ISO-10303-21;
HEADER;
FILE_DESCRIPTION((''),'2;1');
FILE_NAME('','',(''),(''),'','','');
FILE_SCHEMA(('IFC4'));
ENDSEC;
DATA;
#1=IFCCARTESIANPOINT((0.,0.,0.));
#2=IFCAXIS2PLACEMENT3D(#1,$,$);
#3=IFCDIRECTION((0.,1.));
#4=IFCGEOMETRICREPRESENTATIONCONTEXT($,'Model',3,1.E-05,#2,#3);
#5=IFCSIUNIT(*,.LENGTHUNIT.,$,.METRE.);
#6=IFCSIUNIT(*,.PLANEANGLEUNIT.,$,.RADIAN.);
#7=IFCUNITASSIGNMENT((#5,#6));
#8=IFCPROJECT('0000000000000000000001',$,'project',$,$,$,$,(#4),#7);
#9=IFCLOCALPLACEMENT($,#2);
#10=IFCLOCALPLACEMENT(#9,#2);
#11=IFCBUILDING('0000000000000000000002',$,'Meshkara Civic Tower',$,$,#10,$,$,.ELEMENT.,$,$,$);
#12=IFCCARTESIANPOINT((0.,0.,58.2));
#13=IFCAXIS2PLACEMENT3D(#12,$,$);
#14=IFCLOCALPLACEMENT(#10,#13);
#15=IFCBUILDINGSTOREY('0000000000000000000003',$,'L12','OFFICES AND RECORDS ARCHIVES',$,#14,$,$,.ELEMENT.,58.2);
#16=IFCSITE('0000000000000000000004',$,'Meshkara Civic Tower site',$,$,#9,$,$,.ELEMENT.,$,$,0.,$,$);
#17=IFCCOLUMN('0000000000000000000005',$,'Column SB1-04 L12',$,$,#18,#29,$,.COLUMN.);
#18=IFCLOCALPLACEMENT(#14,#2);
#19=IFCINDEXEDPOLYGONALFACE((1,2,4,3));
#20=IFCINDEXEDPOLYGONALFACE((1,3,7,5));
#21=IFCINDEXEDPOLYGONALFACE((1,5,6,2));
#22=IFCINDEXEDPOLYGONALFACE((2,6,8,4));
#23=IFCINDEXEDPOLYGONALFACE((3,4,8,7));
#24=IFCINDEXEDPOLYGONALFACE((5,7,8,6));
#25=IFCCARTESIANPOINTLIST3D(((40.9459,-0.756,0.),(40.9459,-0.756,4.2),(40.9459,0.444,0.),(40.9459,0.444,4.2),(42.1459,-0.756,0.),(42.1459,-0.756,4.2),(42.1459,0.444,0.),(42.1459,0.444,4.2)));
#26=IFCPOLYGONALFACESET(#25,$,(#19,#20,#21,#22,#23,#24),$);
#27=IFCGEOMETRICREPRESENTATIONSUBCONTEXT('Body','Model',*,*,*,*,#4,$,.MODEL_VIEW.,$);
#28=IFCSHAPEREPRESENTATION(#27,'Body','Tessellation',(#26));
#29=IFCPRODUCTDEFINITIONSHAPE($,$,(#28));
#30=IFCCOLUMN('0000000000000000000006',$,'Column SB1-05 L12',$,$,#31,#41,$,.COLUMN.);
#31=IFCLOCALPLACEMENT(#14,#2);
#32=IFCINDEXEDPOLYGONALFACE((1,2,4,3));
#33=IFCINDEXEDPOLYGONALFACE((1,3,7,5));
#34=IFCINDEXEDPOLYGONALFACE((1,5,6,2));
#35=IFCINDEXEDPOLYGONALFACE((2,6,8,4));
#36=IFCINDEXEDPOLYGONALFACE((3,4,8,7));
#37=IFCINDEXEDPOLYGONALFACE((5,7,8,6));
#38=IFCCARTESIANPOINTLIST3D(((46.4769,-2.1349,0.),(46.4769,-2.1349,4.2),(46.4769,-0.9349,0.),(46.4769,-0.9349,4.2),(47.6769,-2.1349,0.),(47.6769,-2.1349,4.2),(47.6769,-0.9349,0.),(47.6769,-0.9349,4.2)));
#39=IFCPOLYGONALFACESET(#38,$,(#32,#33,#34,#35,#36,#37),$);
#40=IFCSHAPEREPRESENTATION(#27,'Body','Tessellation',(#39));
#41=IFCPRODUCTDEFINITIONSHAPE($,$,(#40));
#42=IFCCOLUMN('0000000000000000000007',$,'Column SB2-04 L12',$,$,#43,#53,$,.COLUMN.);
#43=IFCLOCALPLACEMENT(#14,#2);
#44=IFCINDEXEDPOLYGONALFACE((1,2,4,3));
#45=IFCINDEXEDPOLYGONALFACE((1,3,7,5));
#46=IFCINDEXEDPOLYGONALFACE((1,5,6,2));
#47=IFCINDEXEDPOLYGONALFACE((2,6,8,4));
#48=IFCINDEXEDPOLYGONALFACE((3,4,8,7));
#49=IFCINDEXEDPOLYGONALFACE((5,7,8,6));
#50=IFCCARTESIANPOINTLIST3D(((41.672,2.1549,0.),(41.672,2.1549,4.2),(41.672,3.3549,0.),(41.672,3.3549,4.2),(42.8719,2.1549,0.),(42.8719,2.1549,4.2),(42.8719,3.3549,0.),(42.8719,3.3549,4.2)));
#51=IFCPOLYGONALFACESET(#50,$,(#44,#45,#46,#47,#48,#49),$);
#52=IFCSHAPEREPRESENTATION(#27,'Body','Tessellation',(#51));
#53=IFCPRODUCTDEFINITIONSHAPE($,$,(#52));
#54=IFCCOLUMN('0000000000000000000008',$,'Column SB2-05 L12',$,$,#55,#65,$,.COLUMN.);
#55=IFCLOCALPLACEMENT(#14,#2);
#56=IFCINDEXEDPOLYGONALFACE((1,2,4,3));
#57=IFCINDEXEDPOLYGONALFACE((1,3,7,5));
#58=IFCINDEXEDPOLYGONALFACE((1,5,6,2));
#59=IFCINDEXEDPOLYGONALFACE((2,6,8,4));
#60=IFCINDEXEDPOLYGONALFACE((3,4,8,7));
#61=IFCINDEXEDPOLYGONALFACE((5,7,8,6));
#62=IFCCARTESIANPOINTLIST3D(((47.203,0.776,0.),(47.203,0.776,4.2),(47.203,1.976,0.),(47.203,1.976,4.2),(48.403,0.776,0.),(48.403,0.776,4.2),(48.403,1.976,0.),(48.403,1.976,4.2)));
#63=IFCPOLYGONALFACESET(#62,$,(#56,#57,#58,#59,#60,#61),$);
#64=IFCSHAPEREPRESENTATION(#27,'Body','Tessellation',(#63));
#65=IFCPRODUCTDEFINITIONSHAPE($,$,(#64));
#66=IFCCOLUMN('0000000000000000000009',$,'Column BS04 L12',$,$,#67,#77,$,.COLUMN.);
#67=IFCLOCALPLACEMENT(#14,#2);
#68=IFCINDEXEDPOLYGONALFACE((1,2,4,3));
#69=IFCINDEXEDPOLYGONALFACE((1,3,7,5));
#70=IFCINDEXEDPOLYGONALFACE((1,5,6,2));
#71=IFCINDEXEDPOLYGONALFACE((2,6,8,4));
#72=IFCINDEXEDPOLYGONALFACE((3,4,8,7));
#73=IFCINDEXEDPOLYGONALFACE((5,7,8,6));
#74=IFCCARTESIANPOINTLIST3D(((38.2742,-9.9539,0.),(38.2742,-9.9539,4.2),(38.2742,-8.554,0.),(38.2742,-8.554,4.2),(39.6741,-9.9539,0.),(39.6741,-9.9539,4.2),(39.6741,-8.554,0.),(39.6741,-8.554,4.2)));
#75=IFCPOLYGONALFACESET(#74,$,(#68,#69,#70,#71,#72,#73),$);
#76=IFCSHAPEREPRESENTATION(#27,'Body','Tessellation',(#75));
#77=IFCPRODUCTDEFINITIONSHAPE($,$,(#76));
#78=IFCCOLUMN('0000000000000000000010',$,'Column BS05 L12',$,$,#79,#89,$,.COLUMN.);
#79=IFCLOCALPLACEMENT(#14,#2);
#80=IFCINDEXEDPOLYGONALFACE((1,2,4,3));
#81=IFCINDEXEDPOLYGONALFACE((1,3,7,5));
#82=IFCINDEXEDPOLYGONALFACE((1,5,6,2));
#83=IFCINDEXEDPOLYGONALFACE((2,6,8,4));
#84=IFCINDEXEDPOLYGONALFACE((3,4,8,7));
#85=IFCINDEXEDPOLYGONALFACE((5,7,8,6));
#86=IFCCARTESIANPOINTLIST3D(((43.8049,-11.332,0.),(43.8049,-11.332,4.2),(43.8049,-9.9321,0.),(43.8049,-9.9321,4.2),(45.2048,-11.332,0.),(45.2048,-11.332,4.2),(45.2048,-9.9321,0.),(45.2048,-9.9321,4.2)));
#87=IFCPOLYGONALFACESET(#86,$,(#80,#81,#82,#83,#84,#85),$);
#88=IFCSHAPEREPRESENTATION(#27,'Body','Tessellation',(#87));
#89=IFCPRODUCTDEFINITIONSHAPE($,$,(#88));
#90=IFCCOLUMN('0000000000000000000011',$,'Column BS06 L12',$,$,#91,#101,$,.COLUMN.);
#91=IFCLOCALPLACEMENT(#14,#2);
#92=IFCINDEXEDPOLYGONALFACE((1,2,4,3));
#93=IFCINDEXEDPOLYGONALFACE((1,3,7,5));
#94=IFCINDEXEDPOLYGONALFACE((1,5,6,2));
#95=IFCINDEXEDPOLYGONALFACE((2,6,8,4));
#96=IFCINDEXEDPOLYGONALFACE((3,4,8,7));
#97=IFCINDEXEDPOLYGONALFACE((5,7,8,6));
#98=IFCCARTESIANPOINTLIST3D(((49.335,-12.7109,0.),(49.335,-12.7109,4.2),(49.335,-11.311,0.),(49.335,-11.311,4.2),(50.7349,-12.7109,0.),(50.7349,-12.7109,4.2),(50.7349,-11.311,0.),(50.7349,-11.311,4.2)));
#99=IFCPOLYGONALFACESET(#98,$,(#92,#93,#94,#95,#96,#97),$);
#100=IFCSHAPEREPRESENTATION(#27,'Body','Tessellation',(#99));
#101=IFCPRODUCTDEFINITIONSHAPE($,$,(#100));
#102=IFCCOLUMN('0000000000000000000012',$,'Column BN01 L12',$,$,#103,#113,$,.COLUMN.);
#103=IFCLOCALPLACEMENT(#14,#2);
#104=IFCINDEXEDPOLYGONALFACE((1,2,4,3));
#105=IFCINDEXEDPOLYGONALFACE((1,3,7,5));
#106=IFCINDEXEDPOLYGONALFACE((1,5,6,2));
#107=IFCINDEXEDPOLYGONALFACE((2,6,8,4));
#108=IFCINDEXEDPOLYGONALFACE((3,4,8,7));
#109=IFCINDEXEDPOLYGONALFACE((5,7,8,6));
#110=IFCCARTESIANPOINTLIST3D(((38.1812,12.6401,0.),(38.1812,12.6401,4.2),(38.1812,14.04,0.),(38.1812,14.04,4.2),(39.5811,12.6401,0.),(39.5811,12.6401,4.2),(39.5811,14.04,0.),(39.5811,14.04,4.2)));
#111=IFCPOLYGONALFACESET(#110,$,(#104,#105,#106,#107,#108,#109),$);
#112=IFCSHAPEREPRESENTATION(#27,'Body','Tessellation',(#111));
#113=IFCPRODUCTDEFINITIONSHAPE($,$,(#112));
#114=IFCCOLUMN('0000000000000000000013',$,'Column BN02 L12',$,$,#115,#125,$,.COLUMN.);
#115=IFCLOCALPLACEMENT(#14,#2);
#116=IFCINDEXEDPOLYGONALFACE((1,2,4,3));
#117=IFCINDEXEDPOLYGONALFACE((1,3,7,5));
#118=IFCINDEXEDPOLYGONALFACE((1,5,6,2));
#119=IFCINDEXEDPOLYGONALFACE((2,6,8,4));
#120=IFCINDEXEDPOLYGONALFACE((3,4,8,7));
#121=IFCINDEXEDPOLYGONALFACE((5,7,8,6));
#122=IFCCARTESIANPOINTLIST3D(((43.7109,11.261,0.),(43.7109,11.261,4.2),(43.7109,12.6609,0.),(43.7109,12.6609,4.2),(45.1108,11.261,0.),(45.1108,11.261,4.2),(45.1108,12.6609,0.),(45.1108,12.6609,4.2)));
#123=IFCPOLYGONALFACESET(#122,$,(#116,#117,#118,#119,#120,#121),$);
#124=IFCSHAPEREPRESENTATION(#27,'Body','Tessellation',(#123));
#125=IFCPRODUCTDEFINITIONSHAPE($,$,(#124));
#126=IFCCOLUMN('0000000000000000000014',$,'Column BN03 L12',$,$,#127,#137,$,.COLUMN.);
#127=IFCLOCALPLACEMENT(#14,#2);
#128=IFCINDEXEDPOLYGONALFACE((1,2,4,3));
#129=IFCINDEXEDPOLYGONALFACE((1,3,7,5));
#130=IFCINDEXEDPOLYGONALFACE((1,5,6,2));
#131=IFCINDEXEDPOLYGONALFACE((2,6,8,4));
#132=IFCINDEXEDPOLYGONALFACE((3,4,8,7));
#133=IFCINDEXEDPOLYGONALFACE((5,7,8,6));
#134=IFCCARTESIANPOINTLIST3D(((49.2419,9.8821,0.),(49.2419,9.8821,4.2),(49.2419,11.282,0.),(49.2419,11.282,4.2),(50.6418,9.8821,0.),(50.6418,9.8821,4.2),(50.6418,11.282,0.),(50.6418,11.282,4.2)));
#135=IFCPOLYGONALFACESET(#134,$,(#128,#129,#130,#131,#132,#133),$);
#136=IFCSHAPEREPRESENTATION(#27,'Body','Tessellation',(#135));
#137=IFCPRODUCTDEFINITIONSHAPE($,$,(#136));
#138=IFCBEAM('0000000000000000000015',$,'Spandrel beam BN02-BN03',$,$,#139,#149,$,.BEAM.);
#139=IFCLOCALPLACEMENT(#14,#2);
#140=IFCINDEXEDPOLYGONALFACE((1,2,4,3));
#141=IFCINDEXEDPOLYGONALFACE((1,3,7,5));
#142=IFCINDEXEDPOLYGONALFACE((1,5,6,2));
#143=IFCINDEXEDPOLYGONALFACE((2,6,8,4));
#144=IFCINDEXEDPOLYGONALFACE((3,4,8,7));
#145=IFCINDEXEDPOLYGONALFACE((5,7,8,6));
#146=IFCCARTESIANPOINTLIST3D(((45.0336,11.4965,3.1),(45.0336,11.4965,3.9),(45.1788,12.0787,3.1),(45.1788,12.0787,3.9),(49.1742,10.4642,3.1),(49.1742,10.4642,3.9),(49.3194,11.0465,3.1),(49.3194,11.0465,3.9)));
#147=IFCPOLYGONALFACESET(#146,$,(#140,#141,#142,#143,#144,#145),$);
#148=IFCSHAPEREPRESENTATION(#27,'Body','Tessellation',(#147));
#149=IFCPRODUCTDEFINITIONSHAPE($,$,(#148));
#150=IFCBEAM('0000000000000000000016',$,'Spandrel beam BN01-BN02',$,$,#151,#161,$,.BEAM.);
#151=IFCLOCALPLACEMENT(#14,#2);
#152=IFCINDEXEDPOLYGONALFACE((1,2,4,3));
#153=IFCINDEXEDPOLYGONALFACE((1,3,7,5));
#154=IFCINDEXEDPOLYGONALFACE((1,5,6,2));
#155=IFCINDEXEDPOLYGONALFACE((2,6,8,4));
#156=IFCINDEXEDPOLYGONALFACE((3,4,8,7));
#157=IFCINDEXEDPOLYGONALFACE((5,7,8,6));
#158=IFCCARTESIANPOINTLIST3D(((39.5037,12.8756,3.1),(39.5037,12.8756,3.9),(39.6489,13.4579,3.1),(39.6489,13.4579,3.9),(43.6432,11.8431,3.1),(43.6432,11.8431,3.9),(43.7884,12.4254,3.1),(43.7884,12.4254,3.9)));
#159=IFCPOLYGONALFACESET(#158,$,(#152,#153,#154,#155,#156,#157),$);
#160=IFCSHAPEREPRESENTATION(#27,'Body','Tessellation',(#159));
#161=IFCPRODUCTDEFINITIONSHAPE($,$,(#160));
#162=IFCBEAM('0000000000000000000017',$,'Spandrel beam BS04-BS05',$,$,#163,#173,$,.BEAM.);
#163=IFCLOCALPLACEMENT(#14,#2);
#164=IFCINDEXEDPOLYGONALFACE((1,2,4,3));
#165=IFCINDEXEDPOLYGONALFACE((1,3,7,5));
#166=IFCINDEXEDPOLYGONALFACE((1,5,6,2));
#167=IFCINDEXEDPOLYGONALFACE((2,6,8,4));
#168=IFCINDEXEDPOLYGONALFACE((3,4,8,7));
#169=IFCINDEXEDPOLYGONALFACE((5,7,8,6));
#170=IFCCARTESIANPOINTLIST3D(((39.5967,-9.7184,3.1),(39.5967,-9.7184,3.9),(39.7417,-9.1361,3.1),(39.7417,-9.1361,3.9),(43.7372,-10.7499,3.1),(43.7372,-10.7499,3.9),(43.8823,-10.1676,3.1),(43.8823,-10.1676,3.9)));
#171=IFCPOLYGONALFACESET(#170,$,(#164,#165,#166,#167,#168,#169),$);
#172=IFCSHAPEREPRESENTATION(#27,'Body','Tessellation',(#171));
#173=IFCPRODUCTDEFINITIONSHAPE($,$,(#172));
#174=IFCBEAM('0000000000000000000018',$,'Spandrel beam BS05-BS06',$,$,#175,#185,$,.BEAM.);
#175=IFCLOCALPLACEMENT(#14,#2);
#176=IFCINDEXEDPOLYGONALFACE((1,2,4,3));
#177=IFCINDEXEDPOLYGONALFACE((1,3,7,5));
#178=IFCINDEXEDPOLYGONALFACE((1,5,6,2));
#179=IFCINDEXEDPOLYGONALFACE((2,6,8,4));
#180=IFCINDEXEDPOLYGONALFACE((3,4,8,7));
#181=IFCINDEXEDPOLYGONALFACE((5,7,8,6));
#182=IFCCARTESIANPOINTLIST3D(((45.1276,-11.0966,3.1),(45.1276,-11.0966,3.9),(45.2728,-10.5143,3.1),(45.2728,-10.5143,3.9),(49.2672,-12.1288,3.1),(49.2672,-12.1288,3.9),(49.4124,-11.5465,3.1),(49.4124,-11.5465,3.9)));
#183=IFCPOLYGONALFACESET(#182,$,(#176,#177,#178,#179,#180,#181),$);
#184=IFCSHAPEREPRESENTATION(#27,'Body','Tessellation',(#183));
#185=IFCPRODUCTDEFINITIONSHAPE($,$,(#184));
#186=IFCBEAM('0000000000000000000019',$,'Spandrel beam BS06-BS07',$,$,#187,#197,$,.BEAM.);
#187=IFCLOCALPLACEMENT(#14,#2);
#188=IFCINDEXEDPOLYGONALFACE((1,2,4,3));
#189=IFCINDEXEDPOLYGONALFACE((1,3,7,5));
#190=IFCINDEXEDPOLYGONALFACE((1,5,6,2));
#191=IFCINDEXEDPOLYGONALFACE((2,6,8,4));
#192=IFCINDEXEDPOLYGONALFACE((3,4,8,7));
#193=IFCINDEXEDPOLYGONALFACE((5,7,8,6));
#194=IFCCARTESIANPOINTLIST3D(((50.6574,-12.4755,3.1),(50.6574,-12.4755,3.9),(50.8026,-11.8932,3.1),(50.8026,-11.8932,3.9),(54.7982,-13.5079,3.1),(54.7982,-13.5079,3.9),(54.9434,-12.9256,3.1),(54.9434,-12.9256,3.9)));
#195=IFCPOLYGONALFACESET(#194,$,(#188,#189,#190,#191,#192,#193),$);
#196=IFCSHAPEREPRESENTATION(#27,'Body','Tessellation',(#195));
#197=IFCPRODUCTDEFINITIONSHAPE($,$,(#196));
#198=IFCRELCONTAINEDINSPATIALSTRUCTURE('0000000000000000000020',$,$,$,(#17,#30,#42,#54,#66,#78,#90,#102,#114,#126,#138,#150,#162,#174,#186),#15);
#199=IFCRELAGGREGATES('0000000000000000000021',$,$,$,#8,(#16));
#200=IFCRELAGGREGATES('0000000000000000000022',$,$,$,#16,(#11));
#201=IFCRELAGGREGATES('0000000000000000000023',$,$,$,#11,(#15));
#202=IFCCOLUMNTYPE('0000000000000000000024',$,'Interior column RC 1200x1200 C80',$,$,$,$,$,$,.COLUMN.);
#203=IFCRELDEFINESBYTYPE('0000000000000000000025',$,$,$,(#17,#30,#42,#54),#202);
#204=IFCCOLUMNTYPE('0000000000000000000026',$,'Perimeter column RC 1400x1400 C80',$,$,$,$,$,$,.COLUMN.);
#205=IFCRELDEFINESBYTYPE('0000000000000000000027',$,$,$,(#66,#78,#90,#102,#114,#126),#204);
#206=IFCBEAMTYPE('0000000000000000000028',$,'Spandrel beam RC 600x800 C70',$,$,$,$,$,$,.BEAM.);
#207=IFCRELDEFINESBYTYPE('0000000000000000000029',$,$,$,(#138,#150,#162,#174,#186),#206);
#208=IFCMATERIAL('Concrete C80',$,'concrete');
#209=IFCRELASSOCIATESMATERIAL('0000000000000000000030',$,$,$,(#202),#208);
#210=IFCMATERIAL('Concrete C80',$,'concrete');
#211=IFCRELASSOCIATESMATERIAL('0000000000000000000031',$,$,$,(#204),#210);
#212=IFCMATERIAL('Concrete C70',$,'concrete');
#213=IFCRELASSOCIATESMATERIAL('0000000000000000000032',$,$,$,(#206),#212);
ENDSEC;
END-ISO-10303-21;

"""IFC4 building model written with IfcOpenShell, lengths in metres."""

from ifc_helpers import new_model, si_unit, direction, frame, origin, origin_2d, place, context, subcontext, project, spatial, rectangle, extrude, material, material_profile, profile_set, type_object, element, save


model = new_model("IFC4")

# Units and contexts
model_context = context("Model", 3, precision=1e-05, world=origin(), true_north=direction((0.0, 1.0)))
body_context = subcontext(model_context, "Body", "Model", "MODEL_VIEW")
ifc_project = project(units=[si_unit("LENGTHUNIT", "METRE"), si_unit("PLANEANGLEUNIT", "RADIAN")], contexts=[model_context])

# Site, building, storey
site_placement = place(None, origin())
site = spatial("IfcSite", under=ifc_project, at=site_placement, Name="Meshkara Civic Tower site", CompositionType="ELEMENT", RefElevation=0.0)
building_placement = place(site_placement, origin())
building = spatial("IfcBuilding", under=site, at=building_placement, Name="Meshkara Civic Tower", CompositionType="ELEMENT")
storey_placement = place(building_placement, frame((0.0, 0.0, 58.2)))
storey = spatial("IfcBuildingStorey", under=building, at=storey_placement, Name="L12", Description="OFFICES AND RECORDS ARCHIVES", CompositionType="ELEMENT", Elevation=58.2)

# Columns
ifc_material_1 = material(Name="Concrete C80", Category="concrete")
ifc_material_profile_1 = material_profile(ifc_material_1, rectangle(XDim=1.2, YDim=1.2, at=origin_2d()))
ifc_profile_set_1 = profile_set([ifc_material_profile_1], Name="Concrete C80")
column_type_1 = type_object("IfcColumnType", Name="Interior column RC 1200x1200 C80", PredefinedType="COLUMN", material=ifc_profile_set_1)
for number, where, z_axis, x_axis, name in (
    (1, (41.5459, -0.156, 0.0), (0.0, 0.0, 1.0), (1.0, 0.0, 0.0), "Column SB1-04 L12"),
    (2, (47.0769, -1.5349, 0.0), (0.0, 0.0, 1.0), (1.0, 0.0, 0.0), "Column SB1-05 L12"),
    (3, (42.272, 2.7549, 0.0), (0.0, 0.0, 1.0), (1.0, 0.0, 0.0), "Column SB2-04 L12"),
    (4, (47.803, 1.376, 0.0), (0.0, 0.0, 1.0), (1.0, 0.0, 0.0), "Column SB2-05 L12"),
):
    element("IfcColumn", number, at=place(storey_placement, frame(where, z_axis=z_axis, x_axis=x_axis)), inside=storey, type_object=column_type_1, Name=name, PredefinedType="COLUMN", context=body_context, shape_type="SweptSolid", body=[
        extrude(rectangle(XDim=1.2, YDim=1.2, at=origin_2d()), origin(), (0.0, 0.0, 1.0), 4.2),
    ])
ifc_material_2 = material(Name="Concrete C80", Category="concrete")
ifc_material_profile_2 = material_profile(ifc_material_2, rectangle(XDim=1.3999, YDim=1.3999, at=origin_2d()))
ifc_profile_set_2 = profile_set([ifc_material_profile_2], Name="Concrete C80")
column_type_2 = type_object("IfcColumnType", Name="Perimeter column RC 1400x1400 C80", PredefinedType="COLUMN", material=ifc_profile_set_2)
for number, where, z_axis, x_axis, name in (
    (5, (38.9741, -9.2539, 0.0), (0.0, 0.0, 1.0), (1.0, 0.0, 0.0), "Column BS04 L12"),
    (6, (44.5049, -10.6321, 0.0), (0.0, 0.0, 1.0), (1.0, 0.0, 0.0), "Column BS05 L12"),
    (7, (50.0349, -12.011, 0.0), (0.0, 0.0, 1.0), (1.0, 0.0, 0.0), "Column BS06 L12"),
    (8, (38.8811, 13.3401, 0.0), (0.0, 0.0, 1.0), (1.0, 0.0, 0.0), "Column BN01 L12"),
    (9, (44.4109, 11.9609, 0.0), (0.0, 0.0, 1.0), (1.0, 0.0, 0.0), "Column BN02 L12"),
    (10, (49.9419, 10.582, 0.0), (0.0, 0.0, 1.0), (1.0, 0.0, 0.0), "Column BN03 L12"),
):
    element("IfcColumn", number, at=place(storey_placement, frame(where, z_axis=z_axis, x_axis=x_axis)), inside=storey, type_object=column_type_2, Name=name, PredefinedType="COLUMN", context=body_context, shape_type="SweptSolid", body=[
        extrude(rectangle(XDim=1.3999, YDim=1.3999, at=origin_2d()), origin(), (0.0, 0.0, 1.0), 4.2),
    ])

# Beams
ifc_material_3 = material(Name="Concrete C70", Category="concrete")
ifc_material_profile_3 = material_profile(ifc_material_3, rectangle(XDim=0.6001, YDim=0.8, at=origin_2d()))
ifc_profile_set_3 = profile_set([ifc_material_profile_3], Name="Concrete C70")
beam_type = type_object("IfcBeamType", Name="Spandrel beam RC 600x800 C70", PredefinedType="BEAM", material=ifc_profile_set_3)
beam_1_placement = place(storey_placement, frame((49.2468, 10.7554, 3.5), z_axis=(-0.970304, 0.241889, 0.0), x_axis=(-0.241889, -0.970304, 0.0)))
element("IfcBeam", 11, at=beam_1_placement, inside=storey, type_object=beam_type, Name="Spandrel beam BN02-BN03", PredefinedType="BEAM", context=body_context, shape_type="SweptSolid", body=[
    extrude(rectangle(XDim=0.6001, YDim=0.8, at=origin_2d()), origin(), (0.0, 0.0, 1.0), 4.2673),
])
beam_2_placement = place(storey_placement, frame((43.7158, 12.1343, 3.5), z_axis=(-0.970277, 0.241997, 0.0), x_axis=(-0.241997, -0.970277, 0.0)))
element("IfcBeam", 12, at=beam_2_placement, inside=storey, type_object=beam_type, Name="Spandrel beam BN01-BN02", PredefinedType="BEAM", context=body_context, shape_type="SweptSolid", body=[
    extrude(rectangle(XDim=0.6001, YDim=0.8, at=origin_2d()), origin(), (0.0, 0.0, 1.0), 4.2664),
])
beam_3_placement = place(storey_placement, frame((39.6692, -9.4272, 3.5), z_axis=(0.970344, -0.241728, 0.0), x_axis=(0.241728, 0.970344, 0.0)))
element("IfcBeam", 13, at=beam_3_placement, inside=storey, type_object=beam_type, Name="Spandrel beam BS04-BS05", PredefinedType="BEAM", context=body_context, shape_type="SweptSolid", body=[
    extrude(rectangle(XDim=0.6001, YDim=0.8, at=origin_2d()), origin(), (0.0, 0.0, 1.0), 4.2671),
])
beam_4_placement = place(storey_placement, frame((45.2002, -10.8054, 3.5), z_axis=(0.97029, -0.241943, 0.0), x_axis=(0.241943, 0.97029, 0.0)))
element("IfcBeam", 14, at=beam_4_placement, inside=storey, type_object=beam_type, Name="Spandrel beam BS05-BS06", PredefinedType="BEAM", context=body_context, shape_type="SweptSolid", body=[
    extrude(rectangle(XDim=0.6001, YDim=0.8, at=origin_2d()), origin(), (0.0, 0.0, 1.0), 4.2664),
])
beam_5_placement = place(storey_placement, frame((50.73, -12.1843, 3.5), z_axis=(0.970294, -0.24193, 0.0), x_axis=(0.24193, 0.970294, 0.0)))
element("IfcBeam", 15, at=beam_5_placement, inside=storey, type_object=beam_type, Name="Spandrel beam BS06-BS07", PredefinedType="BEAM", context=body_context, shape_type="SweptSolid", body=[
    extrude(rectangle(XDim=0.6001, YDim=0.8, at=origin_2d()), origin(), (0.0, 0.0, 1.0), 4.2676),
])

save(model, "model.ifc")
